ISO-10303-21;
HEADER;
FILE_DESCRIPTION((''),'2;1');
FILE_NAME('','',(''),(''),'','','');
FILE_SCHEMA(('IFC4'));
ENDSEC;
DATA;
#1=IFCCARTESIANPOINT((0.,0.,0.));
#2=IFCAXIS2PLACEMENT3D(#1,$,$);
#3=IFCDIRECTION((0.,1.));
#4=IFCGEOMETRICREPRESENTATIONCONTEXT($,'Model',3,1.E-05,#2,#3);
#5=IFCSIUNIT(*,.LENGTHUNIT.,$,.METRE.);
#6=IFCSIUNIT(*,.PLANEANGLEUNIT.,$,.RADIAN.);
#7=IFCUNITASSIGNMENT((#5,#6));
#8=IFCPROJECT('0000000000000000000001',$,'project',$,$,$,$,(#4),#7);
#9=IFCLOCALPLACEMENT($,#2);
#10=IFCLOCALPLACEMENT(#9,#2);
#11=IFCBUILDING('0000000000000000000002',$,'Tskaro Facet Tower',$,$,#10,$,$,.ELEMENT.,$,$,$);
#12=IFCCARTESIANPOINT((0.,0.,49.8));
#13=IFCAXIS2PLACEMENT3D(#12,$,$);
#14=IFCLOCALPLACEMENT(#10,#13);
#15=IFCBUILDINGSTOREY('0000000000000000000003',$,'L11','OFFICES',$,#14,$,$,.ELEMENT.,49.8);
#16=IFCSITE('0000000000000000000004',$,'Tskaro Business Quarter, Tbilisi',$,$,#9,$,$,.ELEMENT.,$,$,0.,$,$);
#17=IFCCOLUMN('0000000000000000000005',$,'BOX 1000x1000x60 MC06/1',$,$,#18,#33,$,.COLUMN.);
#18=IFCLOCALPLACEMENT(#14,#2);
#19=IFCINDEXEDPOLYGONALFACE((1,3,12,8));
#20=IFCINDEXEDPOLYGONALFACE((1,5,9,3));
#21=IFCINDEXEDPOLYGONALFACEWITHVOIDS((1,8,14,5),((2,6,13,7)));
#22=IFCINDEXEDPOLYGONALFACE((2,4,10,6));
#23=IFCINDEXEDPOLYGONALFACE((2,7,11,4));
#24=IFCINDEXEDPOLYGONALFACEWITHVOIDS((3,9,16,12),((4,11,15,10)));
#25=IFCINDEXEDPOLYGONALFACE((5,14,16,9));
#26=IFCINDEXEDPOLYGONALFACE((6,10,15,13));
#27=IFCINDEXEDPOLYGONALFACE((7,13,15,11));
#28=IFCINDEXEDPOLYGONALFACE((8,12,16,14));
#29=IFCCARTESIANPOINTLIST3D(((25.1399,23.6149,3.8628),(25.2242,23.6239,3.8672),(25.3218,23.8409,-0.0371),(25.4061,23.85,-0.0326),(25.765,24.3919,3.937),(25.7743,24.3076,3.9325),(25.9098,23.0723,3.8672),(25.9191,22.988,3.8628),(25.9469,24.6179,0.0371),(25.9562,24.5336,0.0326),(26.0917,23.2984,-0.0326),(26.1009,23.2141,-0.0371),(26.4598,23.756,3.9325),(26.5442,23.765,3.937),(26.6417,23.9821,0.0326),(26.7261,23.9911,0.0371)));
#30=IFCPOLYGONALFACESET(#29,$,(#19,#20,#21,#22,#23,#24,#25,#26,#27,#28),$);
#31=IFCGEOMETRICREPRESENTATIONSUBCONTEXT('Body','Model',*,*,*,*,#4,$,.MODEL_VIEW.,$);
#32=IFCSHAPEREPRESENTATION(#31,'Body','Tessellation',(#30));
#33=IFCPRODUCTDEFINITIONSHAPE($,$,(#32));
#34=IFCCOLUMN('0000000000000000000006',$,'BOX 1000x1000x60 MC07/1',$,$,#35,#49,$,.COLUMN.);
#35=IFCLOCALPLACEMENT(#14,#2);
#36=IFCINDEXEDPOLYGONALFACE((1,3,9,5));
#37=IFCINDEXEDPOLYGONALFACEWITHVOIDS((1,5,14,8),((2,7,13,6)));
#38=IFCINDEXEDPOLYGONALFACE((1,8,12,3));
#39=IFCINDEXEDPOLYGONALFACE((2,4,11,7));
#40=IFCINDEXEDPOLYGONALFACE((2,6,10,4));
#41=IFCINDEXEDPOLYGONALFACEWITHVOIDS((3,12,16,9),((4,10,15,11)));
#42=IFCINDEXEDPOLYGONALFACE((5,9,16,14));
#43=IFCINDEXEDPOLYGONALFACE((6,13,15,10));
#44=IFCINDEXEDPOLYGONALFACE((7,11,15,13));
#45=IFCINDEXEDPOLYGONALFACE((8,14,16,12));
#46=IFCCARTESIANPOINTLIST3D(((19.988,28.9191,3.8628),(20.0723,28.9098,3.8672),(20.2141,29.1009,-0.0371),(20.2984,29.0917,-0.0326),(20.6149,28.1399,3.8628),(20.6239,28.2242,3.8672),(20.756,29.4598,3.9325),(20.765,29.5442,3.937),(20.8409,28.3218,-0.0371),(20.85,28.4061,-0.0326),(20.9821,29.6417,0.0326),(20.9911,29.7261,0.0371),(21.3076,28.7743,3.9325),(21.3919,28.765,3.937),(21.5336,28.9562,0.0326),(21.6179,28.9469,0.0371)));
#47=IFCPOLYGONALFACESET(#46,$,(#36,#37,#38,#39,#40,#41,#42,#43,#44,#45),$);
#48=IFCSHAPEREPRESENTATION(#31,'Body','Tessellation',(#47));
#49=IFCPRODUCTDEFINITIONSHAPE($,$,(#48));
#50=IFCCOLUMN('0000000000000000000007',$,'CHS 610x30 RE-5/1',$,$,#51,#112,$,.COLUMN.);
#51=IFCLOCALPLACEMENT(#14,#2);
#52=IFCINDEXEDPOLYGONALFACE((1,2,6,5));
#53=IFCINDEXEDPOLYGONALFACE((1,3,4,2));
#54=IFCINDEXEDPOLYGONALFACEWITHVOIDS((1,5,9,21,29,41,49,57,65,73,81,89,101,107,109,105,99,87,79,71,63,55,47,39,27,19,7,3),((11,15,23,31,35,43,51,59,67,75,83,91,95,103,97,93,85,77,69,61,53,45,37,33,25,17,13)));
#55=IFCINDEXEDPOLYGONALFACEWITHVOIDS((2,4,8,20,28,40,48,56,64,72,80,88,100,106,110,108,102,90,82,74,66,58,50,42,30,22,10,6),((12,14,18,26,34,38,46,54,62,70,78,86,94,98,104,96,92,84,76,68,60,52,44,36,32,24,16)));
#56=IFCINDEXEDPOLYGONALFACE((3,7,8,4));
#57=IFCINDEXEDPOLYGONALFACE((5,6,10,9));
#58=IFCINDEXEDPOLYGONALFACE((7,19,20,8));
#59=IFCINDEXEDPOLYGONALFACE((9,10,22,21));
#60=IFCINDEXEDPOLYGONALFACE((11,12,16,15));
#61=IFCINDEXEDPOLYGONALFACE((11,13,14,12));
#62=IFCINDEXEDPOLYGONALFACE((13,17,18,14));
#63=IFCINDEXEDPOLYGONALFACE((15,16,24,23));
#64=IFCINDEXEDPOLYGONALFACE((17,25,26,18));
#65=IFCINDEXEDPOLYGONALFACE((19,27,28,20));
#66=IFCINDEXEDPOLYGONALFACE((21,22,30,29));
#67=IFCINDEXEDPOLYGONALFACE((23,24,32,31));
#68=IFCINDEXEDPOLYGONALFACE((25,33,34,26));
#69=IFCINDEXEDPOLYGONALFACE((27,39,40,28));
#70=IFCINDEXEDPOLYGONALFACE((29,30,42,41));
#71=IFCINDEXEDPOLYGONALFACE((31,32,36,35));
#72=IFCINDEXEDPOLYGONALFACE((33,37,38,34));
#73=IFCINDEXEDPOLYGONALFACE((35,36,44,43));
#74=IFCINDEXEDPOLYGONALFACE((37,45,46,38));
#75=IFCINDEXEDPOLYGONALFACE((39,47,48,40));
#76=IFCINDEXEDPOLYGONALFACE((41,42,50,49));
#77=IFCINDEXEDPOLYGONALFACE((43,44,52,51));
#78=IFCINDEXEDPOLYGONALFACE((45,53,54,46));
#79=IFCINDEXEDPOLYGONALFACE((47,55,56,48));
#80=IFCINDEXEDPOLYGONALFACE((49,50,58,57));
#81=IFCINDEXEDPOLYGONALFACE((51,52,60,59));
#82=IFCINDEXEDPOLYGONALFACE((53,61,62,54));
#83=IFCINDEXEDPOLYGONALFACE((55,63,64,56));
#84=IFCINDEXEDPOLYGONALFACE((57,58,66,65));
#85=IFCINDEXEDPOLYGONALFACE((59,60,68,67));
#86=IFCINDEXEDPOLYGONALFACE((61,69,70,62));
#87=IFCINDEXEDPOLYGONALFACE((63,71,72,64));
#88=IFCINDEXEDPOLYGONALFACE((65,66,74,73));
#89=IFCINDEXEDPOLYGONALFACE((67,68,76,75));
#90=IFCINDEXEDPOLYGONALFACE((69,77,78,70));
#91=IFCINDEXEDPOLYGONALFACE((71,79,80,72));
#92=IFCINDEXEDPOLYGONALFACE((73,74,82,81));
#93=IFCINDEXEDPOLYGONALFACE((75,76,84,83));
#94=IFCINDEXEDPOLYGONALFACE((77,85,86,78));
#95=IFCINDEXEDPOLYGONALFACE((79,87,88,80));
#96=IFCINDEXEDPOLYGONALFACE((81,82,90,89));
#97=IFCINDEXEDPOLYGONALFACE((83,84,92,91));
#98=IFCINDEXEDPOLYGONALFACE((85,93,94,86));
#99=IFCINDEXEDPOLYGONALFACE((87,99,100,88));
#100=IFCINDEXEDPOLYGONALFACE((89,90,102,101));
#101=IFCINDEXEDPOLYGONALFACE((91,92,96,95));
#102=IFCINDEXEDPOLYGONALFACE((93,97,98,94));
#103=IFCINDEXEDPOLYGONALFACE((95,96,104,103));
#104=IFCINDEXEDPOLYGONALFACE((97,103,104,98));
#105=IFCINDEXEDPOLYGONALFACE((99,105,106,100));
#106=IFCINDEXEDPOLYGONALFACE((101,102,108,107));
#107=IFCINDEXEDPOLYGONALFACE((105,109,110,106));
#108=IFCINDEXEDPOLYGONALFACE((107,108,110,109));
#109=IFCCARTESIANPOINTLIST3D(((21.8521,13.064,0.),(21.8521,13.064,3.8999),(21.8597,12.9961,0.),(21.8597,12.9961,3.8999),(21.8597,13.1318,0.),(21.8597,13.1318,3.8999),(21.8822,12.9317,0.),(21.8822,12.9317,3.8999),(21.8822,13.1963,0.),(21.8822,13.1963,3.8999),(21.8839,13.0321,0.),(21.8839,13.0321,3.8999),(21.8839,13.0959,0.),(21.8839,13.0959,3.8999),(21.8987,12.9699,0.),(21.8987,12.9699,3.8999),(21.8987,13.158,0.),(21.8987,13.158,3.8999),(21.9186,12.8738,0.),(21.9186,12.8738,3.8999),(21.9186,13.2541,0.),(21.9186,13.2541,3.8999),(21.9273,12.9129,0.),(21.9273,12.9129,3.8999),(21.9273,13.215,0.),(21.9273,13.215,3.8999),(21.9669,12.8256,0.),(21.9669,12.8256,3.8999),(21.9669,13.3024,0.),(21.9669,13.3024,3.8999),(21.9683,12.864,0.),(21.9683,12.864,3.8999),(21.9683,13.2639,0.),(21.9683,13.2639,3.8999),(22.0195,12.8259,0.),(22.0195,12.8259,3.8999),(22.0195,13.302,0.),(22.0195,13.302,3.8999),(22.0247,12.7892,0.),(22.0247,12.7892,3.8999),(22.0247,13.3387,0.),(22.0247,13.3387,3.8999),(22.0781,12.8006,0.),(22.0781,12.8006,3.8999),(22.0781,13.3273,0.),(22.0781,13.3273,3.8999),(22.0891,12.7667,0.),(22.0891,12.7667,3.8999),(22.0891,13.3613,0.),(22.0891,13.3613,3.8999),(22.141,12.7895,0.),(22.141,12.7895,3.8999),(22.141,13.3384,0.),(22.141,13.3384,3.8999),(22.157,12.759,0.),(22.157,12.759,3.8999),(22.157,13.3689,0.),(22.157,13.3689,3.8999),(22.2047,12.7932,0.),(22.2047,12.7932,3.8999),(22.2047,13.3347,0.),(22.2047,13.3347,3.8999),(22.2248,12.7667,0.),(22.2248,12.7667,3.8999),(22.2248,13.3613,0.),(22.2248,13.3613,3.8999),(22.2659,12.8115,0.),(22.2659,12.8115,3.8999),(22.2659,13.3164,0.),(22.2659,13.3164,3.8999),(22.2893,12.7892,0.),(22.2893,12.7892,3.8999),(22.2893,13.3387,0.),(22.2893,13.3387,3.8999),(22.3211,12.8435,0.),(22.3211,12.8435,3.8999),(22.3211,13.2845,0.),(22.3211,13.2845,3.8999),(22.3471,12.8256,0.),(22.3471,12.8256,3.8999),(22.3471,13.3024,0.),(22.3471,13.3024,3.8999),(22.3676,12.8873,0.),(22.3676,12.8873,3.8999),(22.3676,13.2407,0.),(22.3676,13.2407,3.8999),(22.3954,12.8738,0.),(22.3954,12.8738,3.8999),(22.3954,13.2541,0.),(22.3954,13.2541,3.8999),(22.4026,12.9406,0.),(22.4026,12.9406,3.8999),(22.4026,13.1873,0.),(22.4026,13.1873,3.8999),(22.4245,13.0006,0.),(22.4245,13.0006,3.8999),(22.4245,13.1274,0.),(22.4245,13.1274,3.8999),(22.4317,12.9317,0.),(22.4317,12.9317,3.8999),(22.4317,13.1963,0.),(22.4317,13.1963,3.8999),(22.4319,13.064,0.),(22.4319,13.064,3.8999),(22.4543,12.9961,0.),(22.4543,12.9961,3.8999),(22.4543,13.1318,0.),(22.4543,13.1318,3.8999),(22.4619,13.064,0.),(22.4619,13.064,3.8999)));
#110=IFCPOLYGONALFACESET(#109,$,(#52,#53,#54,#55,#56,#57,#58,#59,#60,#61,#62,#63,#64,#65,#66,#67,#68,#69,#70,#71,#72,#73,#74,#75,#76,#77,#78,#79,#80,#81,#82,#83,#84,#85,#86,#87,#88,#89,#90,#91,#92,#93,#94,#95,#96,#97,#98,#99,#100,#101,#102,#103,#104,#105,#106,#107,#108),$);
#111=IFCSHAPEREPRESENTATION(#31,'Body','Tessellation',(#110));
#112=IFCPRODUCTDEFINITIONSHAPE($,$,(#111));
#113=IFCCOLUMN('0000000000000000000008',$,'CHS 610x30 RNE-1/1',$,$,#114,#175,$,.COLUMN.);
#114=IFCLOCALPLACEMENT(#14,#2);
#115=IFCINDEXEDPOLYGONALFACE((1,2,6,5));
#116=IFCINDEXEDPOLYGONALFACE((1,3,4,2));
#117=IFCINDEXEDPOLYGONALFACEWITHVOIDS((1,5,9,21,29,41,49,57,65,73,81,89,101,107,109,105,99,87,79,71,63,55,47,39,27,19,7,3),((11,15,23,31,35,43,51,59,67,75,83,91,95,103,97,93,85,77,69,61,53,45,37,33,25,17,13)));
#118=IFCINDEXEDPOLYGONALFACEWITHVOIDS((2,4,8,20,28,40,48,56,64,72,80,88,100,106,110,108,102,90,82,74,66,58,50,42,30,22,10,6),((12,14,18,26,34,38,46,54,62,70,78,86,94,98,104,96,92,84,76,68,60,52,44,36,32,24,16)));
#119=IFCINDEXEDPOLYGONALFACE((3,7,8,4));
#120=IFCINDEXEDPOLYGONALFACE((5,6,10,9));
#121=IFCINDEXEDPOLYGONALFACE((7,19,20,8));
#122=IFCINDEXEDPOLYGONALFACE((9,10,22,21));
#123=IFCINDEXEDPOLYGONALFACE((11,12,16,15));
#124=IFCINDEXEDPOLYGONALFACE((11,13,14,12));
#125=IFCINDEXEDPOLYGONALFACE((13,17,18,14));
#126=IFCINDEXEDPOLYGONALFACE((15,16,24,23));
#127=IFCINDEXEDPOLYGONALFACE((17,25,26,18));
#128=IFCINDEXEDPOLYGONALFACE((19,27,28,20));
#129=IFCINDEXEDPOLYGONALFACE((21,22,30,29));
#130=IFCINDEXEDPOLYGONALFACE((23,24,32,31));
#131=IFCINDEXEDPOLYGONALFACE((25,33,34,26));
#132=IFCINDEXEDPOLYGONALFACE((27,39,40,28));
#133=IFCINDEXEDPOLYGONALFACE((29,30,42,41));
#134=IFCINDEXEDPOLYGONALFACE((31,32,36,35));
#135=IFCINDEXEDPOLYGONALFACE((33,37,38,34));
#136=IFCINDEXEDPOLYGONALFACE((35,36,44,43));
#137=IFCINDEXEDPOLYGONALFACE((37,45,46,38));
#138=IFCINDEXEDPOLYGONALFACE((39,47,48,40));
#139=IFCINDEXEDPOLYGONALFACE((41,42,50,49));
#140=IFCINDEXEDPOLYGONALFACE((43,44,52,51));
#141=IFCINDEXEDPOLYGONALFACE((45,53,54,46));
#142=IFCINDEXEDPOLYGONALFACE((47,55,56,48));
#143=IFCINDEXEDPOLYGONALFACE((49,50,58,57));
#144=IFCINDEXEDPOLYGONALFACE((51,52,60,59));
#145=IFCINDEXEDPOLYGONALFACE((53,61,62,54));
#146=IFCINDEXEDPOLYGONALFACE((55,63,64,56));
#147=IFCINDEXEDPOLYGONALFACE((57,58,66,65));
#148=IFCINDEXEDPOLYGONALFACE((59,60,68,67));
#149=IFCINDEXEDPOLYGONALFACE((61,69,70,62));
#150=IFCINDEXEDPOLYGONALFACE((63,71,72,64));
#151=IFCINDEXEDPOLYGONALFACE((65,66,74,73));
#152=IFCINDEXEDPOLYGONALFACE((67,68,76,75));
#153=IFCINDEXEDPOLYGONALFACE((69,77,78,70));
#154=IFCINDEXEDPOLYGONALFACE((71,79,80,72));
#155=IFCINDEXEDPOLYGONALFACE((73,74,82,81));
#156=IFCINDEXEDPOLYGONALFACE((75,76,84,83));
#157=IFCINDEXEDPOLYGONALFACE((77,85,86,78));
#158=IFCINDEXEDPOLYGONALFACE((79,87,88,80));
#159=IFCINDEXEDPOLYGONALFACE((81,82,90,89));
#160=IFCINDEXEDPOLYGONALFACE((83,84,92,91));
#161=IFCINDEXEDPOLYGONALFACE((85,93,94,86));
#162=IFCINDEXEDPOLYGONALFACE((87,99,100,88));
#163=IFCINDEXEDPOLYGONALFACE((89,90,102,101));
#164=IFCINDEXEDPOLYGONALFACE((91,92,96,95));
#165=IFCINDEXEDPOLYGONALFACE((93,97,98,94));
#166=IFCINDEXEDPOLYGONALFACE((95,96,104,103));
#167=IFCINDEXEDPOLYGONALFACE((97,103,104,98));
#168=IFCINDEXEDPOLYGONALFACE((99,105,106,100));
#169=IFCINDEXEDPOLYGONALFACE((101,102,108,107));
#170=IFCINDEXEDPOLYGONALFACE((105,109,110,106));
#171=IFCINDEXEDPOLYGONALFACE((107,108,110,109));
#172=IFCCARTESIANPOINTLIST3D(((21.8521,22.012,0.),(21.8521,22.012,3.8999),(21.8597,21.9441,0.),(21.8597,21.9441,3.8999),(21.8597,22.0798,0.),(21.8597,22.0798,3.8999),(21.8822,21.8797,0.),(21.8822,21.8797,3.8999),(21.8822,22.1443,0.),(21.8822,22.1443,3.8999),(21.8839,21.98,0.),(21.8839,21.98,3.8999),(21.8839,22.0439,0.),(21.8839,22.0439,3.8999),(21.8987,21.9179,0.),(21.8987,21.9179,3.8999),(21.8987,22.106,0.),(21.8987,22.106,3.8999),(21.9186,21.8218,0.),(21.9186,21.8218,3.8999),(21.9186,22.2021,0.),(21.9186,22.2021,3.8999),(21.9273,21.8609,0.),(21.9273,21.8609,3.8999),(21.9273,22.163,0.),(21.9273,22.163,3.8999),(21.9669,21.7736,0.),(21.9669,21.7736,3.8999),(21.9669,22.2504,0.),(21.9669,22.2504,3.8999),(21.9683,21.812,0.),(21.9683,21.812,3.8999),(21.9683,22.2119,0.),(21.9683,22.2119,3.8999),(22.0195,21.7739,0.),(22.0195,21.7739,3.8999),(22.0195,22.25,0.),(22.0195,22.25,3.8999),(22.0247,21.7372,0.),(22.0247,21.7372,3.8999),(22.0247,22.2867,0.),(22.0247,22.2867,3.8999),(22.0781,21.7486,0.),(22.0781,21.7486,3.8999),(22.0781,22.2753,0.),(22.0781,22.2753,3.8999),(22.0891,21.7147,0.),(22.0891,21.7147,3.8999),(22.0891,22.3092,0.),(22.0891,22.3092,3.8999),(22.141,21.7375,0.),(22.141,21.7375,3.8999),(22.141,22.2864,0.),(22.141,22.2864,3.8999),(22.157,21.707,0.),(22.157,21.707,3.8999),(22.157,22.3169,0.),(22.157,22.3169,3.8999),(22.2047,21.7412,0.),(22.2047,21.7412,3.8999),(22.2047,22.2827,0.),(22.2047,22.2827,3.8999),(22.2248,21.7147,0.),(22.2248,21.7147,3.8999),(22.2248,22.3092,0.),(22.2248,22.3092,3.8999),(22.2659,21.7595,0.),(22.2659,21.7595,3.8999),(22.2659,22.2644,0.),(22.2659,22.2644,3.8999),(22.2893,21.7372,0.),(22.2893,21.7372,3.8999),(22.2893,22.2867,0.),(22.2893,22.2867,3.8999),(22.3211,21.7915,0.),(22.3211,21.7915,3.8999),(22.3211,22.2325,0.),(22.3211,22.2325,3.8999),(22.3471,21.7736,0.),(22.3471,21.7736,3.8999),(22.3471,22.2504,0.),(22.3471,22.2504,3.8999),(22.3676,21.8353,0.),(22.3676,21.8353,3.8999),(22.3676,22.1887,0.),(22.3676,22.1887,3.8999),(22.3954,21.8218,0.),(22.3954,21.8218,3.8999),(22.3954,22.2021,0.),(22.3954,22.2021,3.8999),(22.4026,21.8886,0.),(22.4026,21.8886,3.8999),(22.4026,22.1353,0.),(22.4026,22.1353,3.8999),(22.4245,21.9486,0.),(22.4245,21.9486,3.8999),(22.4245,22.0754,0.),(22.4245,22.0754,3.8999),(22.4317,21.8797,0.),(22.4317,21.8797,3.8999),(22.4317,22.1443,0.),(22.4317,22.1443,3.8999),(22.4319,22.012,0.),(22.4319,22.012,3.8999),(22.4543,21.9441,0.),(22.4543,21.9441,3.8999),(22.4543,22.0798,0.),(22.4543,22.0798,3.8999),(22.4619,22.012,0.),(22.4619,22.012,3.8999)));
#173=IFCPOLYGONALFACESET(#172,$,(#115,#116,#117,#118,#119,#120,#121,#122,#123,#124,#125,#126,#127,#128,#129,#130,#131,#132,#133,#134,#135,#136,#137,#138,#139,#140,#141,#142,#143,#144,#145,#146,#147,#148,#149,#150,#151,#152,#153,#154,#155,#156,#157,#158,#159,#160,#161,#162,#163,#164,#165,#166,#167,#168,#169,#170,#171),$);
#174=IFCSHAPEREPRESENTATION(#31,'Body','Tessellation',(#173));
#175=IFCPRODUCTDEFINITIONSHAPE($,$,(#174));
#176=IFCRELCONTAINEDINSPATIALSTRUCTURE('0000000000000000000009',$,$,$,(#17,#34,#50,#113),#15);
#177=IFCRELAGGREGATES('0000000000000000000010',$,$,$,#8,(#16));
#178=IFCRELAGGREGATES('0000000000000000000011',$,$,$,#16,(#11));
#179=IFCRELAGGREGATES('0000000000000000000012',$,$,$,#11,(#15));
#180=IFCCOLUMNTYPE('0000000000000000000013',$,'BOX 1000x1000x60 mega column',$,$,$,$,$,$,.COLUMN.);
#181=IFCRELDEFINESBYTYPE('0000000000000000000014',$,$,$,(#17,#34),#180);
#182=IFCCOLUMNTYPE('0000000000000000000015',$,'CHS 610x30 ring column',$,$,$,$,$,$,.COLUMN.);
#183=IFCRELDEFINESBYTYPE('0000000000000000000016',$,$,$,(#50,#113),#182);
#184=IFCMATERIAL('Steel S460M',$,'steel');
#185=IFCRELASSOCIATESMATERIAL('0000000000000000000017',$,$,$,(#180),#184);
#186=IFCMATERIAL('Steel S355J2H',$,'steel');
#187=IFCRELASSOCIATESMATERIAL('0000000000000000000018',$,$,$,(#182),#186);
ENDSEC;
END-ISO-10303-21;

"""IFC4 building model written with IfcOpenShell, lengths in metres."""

from ifc_helpers import new_model, si_unit, direction, frame, origin, origin_2d, place, context, subcontext, project, spatial, hollow_rectangle, hollow_circle, extrude, material, material_profile, profile_set, type_object, element, save


model = new_model("IFC4")

# Units and contexts
model_context = context("Model", 3, precision=1e-05, world=origin(), true_north=direction((0.0, 1.0)))
body_context = subcontext(model_context, "Body", "Model", "MODEL_VIEW")
ifc_project = project(units=[si_unit("LENGTHUNIT", "METRE"), si_unit("PLANEANGLEUNIT", "RADIAN")], contexts=[model_context])

# Site, building, storey
site_placement = place(None, origin())
site = spatial("IfcSite", under=ifc_project, at=site_placement, Name="Tskaro Business Quarter, Tbilisi", CompositionType="ELEMENT", RefElevation=0.0)
building_placement = place(site_placement, origin())
building = spatial("IfcBuilding", under=site, at=building_placement, Name="Tskaro Facet Tower", CompositionType="ELEMENT")
storey_placement = place(building_placement, frame((0.0, 0.0, 49.8)))
storey = spatial("IfcBuildingStorey", under=building, at=storey_placement, Name="L11", Description="OFFICES", CompositionType="ELEMENT", Elevation=49.8)

# Columns
ifc_material_1 = material(Name="Steel S460M", Category="steel")
ifc_material_profile_1 = material_profile(ifc_material_1, hollow_rectangle(XDim=1.0, YDim=1.0, WallThickness=0.0601, at=origin_2d()), Name="BOX 1000x1000x60")
ifc_profile_set_1 = profile_set([ifc_material_profile_1], Name="Steel S460M")
column_type_1 = type_object("IfcColumnType", Name="BOX 1000x1000x60 mega column", PredefinedType="COLUMN", material=ifc_profile_set_1)
for number, where, z_axis, x_axis, name in (
    (1, (26.0239, 23.916, 0.0), (-0.04651, -0.057809, 0.997244), (0.779142, -0.626847, 0.0), "BOX 1000x1000x60 MC06/1"),
    (2, (20.916, 29.0239, 0.0), (-0.057809, -0.04651, 0.997244), (0.626847, -0.779142, 0.0), "BOX 1000x1000x60 MC07/1"),
):
    element("IfcColumn", number, at=place(storey_placement, frame(where, z_axis=z_axis, x_axis=x_axis)), inside=storey, type_object=column_type_1, Name=name, PredefinedType="COLUMN", context=body_context, shape_type="SweptSolid", body=[
        extrude(hollow_rectangle(XDim=1.0, YDim=1.0, WallThickness=0.0601, at=origin_2d()), origin(), (0.0, 0.0, 1.0), 3.9106),
    ])
ifc_material_2 = material(Name="Steel S355J2H", Category="steel")
ifc_material_profile_2 = material_profile(ifc_material_2, hollow_circle(Radius=0.3049, WallThickness=0.03, at=origin_2d()), Name="CHS 610x30")
ifc_profile_set_2 = profile_set([ifc_material_profile_2], Name="Steel S355J2H")
column_type_2 = type_object("IfcColumnType", Name="CHS 610x30 ring column", PredefinedType="COLUMN", material=ifc_profile_set_2)
for number, where, z_axis, x_axis, name in (
    (3, (22.157, 13.064, 0.0), (0.0, 0.0, 1.0), (1.0, 0.0, 0.0), "CHS 610x30 RE-5/1"),
    (4, (22.157, 22.012, 0.0), (0.0, 0.0, 1.0), (1.0, 0.0, 0.0), "CHS 610x30 RNE-1/1"),
):
    element("IfcColumn", number, at=place(storey_placement, frame(where, z_axis=z_axis, x_axis=x_axis)), inside=storey, type_object=column_type_2, Name=name, PredefinedType="COLUMN", context=body_context, shape_type="SweptSolid", body=[
        extrude(hollow_circle(Radius=0.3049, WallThickness=0.03, at=origin_2d()), origin(), (0.0, 0.0, 1.0), 3.8999),
    ])

save(model, "model.ifc")
